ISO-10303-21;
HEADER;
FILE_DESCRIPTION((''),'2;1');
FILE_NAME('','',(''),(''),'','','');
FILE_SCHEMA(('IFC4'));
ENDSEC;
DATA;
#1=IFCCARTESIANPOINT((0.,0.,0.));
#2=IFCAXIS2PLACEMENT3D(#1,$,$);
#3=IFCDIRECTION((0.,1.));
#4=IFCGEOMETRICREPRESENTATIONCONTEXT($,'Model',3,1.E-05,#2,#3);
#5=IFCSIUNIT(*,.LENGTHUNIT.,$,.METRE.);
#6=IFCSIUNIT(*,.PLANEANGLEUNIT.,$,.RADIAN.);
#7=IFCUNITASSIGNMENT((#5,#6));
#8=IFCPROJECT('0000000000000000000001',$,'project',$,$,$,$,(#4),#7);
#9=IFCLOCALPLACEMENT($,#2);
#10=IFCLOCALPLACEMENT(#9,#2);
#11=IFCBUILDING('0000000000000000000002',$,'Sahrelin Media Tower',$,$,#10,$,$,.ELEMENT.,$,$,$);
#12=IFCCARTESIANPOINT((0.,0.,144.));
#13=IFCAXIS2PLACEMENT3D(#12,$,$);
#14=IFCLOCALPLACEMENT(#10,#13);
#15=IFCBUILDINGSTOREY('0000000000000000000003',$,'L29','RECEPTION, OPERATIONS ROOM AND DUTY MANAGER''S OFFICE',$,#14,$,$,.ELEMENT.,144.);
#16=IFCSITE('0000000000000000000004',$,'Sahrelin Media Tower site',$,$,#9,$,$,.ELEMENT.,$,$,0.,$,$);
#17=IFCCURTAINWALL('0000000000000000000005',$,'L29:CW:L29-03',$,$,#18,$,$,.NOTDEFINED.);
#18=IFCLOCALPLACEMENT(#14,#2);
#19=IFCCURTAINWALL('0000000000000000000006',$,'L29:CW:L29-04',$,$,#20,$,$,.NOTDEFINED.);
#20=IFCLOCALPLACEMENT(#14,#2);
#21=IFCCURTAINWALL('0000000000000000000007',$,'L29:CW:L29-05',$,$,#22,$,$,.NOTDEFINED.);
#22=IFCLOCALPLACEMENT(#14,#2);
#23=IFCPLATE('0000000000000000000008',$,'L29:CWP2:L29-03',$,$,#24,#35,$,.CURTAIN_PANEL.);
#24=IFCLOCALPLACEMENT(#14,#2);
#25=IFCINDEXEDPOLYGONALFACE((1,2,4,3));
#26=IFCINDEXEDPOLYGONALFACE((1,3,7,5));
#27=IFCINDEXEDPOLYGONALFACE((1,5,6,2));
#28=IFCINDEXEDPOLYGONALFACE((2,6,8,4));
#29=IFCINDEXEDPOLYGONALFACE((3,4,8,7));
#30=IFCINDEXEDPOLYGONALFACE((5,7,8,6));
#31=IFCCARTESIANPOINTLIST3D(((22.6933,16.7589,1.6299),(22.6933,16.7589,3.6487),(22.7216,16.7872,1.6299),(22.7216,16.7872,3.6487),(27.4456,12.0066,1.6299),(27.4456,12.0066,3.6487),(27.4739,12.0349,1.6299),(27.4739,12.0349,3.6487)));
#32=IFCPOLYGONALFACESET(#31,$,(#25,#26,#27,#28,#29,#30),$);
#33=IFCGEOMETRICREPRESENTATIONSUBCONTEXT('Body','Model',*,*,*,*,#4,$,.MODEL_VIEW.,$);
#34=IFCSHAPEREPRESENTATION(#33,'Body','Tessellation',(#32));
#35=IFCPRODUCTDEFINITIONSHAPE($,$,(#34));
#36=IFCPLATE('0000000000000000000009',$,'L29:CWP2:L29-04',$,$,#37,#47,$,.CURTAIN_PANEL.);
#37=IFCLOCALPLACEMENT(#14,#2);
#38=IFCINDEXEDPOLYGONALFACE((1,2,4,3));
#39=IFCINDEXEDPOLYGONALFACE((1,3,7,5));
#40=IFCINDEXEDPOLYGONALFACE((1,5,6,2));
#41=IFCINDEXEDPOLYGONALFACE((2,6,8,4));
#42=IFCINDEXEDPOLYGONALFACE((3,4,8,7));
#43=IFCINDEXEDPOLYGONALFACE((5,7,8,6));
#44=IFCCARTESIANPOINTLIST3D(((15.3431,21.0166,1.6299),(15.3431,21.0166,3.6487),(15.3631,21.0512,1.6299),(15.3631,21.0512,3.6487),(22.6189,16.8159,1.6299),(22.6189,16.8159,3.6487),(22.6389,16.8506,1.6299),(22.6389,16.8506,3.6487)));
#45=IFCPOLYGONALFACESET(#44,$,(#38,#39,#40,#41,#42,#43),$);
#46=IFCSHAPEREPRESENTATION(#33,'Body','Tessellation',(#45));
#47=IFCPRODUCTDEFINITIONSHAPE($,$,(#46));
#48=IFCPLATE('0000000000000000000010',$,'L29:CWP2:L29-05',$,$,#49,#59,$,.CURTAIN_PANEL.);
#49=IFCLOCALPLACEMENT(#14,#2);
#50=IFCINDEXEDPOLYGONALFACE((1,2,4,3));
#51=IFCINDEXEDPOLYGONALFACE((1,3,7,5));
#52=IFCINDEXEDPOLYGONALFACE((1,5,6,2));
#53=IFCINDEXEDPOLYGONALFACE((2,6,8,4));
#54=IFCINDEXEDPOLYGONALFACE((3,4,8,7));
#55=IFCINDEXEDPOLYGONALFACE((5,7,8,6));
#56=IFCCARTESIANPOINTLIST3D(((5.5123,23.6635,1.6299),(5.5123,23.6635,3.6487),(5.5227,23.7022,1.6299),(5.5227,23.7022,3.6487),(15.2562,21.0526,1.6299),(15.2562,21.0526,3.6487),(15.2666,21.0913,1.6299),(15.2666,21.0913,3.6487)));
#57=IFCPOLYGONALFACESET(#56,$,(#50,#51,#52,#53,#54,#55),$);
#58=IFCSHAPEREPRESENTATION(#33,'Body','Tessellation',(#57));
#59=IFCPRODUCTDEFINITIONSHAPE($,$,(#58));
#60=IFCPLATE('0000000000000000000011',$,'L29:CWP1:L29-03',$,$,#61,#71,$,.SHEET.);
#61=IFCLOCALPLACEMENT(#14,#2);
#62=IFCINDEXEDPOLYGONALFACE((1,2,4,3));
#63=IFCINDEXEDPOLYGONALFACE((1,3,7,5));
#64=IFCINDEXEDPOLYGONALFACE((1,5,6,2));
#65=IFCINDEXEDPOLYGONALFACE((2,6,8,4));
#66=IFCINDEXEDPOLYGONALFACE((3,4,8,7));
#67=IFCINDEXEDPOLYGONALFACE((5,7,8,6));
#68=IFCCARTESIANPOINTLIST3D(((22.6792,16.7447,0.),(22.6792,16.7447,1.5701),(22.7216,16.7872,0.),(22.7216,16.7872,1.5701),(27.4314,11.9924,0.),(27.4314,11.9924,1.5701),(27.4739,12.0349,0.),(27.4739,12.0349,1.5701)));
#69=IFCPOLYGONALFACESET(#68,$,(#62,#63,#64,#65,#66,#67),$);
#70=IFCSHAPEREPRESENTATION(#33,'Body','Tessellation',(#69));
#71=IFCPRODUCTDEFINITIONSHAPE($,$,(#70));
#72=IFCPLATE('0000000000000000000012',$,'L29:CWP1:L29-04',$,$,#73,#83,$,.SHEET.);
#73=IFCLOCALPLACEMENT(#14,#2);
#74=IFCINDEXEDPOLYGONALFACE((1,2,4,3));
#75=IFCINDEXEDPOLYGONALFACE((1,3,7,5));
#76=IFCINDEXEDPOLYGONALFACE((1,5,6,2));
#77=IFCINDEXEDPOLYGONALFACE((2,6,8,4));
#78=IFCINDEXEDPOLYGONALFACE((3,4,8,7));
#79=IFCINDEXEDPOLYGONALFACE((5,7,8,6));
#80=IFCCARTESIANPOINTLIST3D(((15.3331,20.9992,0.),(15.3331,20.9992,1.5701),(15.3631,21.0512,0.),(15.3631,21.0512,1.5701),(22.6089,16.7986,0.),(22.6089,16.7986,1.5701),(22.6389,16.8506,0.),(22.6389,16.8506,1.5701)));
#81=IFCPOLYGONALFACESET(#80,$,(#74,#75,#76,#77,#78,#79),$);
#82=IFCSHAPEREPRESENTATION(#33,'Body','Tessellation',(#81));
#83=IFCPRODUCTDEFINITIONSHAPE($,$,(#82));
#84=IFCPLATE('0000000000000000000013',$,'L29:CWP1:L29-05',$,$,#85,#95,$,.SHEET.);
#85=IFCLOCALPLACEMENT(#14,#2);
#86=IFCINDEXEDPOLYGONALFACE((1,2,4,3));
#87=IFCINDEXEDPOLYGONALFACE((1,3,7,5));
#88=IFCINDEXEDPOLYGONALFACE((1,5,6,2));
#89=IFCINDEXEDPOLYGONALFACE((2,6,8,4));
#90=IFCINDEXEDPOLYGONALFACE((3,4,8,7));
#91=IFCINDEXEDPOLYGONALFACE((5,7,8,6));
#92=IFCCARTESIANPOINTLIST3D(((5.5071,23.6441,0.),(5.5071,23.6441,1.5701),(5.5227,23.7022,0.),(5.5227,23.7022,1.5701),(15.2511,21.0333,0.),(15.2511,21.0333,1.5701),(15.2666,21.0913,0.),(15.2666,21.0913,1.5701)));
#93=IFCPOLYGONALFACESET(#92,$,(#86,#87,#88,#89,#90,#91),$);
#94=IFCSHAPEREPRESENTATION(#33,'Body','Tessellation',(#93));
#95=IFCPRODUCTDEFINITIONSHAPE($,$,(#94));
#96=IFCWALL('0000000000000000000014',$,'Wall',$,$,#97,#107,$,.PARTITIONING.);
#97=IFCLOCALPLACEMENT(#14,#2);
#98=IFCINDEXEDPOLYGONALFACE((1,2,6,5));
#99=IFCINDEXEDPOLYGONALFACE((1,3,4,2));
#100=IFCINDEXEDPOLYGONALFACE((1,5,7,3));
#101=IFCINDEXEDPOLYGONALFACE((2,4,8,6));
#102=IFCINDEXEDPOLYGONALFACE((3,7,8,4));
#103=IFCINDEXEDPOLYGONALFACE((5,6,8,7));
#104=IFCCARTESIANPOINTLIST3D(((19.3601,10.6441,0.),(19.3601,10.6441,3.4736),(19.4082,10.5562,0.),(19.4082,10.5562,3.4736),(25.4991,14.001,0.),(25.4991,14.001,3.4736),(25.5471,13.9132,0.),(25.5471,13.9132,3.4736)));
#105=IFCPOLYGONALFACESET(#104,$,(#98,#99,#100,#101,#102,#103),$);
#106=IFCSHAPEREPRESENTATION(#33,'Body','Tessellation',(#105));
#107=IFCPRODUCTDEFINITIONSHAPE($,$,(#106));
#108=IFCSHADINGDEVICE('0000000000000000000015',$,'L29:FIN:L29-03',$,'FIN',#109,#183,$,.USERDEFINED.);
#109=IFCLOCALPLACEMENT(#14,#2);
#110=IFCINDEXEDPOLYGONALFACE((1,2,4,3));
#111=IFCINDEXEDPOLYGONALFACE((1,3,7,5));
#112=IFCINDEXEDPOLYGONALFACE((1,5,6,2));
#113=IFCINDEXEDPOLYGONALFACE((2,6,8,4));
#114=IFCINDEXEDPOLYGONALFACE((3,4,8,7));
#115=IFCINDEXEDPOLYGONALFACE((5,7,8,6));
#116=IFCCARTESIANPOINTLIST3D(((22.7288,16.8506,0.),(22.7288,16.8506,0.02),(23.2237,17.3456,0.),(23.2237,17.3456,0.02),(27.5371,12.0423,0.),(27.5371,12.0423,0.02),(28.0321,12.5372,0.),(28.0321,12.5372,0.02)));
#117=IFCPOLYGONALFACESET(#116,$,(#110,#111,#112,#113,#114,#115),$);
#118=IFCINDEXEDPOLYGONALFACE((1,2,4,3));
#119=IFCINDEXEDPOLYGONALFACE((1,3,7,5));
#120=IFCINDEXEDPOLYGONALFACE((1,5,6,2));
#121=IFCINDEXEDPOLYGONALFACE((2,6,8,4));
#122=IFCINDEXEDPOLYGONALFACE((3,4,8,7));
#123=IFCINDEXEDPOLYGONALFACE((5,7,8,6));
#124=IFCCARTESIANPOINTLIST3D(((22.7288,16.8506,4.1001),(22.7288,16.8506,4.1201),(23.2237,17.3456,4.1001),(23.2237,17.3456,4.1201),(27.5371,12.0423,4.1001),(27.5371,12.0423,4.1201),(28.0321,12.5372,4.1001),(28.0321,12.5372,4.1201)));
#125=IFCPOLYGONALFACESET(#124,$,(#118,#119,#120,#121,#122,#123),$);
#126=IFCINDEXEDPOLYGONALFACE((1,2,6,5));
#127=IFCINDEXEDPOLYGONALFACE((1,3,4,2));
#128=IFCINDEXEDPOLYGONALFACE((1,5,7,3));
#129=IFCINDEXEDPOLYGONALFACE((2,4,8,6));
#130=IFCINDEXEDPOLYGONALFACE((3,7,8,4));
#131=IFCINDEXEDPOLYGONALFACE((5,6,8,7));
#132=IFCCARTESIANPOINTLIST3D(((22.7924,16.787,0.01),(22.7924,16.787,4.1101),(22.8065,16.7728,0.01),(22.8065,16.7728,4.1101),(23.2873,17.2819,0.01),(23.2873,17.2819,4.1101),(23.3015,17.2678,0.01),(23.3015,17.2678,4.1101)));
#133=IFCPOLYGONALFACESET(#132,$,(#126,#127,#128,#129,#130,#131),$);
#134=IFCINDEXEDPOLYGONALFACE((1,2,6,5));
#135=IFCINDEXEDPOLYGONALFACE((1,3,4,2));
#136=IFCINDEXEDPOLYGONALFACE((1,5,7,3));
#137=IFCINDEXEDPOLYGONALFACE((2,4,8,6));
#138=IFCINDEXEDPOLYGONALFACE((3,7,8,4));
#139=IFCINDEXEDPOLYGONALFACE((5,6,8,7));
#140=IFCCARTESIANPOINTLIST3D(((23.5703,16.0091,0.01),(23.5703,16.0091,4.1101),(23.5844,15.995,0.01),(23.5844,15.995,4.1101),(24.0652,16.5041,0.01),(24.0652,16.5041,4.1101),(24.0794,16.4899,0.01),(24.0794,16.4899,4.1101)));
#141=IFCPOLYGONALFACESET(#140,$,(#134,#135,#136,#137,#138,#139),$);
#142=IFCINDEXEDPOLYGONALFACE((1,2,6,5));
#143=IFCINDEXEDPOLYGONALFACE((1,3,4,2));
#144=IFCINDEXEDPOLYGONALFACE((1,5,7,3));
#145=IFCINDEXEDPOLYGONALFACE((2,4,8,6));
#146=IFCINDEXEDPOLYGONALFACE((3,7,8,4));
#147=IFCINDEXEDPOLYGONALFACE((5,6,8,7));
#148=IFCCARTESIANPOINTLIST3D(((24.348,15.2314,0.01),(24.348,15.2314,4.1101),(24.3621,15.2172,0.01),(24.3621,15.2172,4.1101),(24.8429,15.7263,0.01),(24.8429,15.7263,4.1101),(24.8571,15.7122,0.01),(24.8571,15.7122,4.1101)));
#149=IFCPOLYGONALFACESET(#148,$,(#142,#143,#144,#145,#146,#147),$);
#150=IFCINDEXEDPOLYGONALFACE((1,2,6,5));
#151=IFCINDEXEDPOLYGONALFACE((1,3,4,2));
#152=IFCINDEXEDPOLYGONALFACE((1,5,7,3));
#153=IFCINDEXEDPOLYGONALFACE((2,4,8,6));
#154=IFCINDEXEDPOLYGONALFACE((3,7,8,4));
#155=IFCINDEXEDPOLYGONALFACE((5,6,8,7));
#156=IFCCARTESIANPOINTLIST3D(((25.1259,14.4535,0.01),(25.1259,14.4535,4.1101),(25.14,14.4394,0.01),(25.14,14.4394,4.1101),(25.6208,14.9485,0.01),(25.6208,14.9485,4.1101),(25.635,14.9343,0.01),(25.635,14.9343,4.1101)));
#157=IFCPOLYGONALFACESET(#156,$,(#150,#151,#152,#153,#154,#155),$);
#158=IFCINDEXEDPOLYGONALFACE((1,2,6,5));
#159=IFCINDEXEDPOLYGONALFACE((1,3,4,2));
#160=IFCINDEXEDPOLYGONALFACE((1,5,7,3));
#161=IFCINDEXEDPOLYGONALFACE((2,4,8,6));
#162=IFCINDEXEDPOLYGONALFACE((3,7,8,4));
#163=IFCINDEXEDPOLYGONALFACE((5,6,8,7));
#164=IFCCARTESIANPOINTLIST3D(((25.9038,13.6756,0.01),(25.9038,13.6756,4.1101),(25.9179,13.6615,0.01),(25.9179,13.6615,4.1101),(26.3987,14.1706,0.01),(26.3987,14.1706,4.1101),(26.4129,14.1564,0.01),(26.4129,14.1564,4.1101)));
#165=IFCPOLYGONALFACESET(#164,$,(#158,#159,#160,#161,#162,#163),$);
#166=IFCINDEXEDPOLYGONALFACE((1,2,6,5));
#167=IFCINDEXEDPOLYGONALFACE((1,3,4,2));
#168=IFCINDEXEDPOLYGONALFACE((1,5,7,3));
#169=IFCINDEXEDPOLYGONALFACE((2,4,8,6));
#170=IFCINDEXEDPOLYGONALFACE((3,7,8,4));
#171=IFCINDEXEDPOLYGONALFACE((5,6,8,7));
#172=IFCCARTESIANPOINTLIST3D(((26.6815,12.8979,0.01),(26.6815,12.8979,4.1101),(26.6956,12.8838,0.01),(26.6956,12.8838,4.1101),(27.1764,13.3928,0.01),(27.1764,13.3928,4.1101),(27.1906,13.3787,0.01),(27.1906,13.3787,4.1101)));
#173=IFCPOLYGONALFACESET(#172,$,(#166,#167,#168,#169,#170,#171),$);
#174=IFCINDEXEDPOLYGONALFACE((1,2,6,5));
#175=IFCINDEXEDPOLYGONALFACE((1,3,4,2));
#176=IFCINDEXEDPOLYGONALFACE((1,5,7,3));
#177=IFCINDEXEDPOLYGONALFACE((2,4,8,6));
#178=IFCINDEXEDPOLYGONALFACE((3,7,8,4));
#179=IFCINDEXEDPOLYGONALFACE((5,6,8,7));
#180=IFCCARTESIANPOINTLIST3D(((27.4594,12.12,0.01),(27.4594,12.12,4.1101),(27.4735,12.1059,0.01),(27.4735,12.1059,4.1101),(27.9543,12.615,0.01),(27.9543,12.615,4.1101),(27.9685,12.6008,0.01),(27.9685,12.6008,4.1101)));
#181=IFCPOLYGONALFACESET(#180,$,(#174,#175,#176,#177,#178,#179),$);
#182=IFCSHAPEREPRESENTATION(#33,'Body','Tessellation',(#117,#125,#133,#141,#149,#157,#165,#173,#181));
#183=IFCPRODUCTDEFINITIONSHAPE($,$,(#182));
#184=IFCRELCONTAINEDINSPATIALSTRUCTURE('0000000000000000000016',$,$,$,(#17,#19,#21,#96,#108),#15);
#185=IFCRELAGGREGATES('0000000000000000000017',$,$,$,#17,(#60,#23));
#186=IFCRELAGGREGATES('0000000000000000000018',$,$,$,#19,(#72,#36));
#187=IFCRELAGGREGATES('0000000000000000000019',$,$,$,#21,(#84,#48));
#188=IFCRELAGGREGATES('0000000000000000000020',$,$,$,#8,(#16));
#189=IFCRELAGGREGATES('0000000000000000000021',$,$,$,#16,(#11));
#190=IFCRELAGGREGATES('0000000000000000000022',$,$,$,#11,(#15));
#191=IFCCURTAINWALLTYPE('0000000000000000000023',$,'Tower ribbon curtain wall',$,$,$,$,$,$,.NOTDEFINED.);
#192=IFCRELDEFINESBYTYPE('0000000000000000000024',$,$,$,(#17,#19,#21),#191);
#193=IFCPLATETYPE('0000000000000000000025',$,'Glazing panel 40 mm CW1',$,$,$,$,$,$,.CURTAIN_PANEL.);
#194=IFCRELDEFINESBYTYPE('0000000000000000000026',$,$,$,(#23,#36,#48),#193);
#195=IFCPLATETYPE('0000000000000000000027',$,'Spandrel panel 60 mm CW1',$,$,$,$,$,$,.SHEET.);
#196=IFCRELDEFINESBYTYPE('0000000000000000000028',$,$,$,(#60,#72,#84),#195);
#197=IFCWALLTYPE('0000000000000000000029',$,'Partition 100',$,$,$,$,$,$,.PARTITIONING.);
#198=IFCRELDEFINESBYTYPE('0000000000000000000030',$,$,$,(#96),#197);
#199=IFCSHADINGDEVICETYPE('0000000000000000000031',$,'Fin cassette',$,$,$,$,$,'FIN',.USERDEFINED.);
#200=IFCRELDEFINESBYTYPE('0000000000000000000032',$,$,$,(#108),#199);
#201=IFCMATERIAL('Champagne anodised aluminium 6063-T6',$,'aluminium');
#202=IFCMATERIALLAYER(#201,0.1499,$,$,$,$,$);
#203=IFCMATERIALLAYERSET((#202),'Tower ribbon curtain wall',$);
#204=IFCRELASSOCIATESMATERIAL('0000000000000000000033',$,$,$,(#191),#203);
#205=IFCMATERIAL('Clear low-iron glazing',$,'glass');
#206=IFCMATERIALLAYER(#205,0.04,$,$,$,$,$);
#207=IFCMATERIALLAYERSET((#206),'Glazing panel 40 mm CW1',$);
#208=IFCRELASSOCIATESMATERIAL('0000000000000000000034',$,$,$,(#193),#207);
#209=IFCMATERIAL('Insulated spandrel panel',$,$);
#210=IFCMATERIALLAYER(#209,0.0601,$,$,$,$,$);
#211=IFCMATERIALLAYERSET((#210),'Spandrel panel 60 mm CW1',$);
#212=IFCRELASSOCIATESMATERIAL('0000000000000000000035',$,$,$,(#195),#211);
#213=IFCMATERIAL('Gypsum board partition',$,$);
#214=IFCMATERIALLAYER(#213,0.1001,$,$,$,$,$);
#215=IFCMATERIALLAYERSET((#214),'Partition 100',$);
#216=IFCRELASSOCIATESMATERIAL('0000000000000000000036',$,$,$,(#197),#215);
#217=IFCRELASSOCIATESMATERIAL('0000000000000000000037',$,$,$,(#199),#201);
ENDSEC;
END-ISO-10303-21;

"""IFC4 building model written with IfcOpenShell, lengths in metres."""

from ifc_helpers import new_model, si_unit, direction, frame, frame_2d, origin, origin_2d, place, context, subcontext, project, spatial, polyline, rectangle, outline, extrude, material, layer, layer_set, type_object, element, aggregate, save


model = new_model("IFC4")

# Units and contexts
model_context = context("Model", 3, precision=1e-05, world=origin(), true_north=direction((0.0, 1.0)))
body_context = subcontext(model_context, "Body", "Model", "MODEL_VIEW")
ifc_project = project(units=[si_unit("LENGTHUNIT", "METRE"), si_unit("PLANEANGLEUNIT", "RADIAN")], contexts=[model_context])

# Site, building, storey
site_placement = place(None, origin())
site = spatial("IfcSite", under=ifc_project, at=site_placement, Name="Sahrelin Media Tower site", CompositionType="ELEMENT", RefElevation=0.0)
building_placement = place(site_placement, origin())
building = spatial("IfcBuilding", under=site, at=building_placement, Name="Sahrelin Media Tower", CompositionType="ELEMENT")
storey_placement = place(building_placement, frame((0.0, 0.0, 144.0)))
storey = spatial("IfcBuildingStorey", under=building, at=storey_placement, Name="L29", Description="RECEPTION, OPERATIONS ROOM AND DUTY MANAGER'S OFFICE", CompositionType="ELEMENT", Elevation=144.0)

# Curtain walls
ifc_material_1 = material(Name="Champagne anodised aluminium 6063-T6", Category="aluminium")
ifc_layer_1 = layer(ifc_material_1, 0.1499)
ifc_layer_set_1 = layer_set([ifc_layer_1], Name="Tower ribbon curtain wall")
curtain_wall_type = type_object("IfcCurtainWallType", Name="Tower ribbon curtain wall", PredefinedType="NOTDEFINED", material=ifc_layer_set_1)
curtain_wall_1_placement = place(storey_placement, frame((25.0835, 14.397, 0.0), z_axis=(0.0, 0.0, 1.0), x_axis=(1.0, 0.0, 0.0)))
curtain_wall_1 = element("IfcCurtainWall", 1, at=curtain_wall_1_placement, inside=storey, type_object=curtain_wall_type, Name="L29:CW:L29-03", PredefinedType="NOTDEFINED")
curtain_wall_2_placement = place(storey_placement, frame((18.991, 18.9336, 0.0), z_axis=(0.0, 0.0, 1.0), x_axis=(1.0, 0.0, 0.0)))
curtain_wall_2 = element("IfcCurtainWall", 2, at=curtain_wall_2_placement, inside=storey, type_object=curtain_wall_type, Name="L29:CW:L29-04", PredefinedType="NOTDEFINED")

# Curtain wall
curtain_wall_3_placement = place(storey_placement, frame((10.3894, 22.3772, 0.0), z_axis=(0.0, 0.0, 1.0), x_axis=(1.0, 0.0, 0.0)))
curtain_wall_3 = element("IfcCurtainWall", 3, at=curtain_wall_3_placement, inside=storey, type_object=curtain_wall_type, Name="L29:CW:L29-05", PredefinedType="NOTDEFINED")

# Plates
ifc_material_2 = material(Name="Clear low-iron glazing", Category="glass")
ifc_layer_2 = layer(ifc_material_2, 0.04)
ifc_layer_set_2 = layer_set([ifc_layer_2], Name="Glazing panel 40 mm CW1")
plate_type_1 = type_object("IfcPlateType", Name="Glazing panel 40 mm CW1", PredefinedType="CURTAIN_PANEL", material=ifc_layer_set_2)
plate_1_placement = place(storey_placement, frame((27.4739, 12.0349, 1.6299), z_axis=(0.707107, 0.707107, 0.0), x_axis=(-0.707107, 0.707107, 0.0)))
plate_1 = element("IfcPlate", 4, at=plate_1_placement, type_object=plate_type_1, Name="L29:CWP2:L29-03", PredefinedType="CURTAIN_PANEL", context=body_context, shape_type="SweptSolid", body=[
    extrude(outline(polyline([(0.0, 0.0), (6.7207, 0.0), (6.7207, 2.0188), (0.0, 2.0188), (0.0, 0.0)])), origin(), (0.0, 0.0, -1.0), 0.04),
])
plate_2_placement = place(storey_placement, frame((22.6389, 16.8506, 1.6299), z_axis=(0.499996, 0.866028, 0.0), x_axis=(-0.866028, 0.499996, 0.0)))
plate_2 = element("IfcPlate", 5, at=plate_2_placement, type_object=plate_type_1, Name="L29:CWP2:L29-04", PredefinedType="CURTAIN_PANEL", context=body_context, shape_type="SweptSolid", body=[
    extrude(outline(polyline([(0.0, 0.0), (8.4014, 0.0), (8.4014, 2.0188), (0.0, 2.0188), (0.0, 0.0)])), origin(), (0.0, 0.0, -1.0), 0.04),
])
plate_3_placement = place(storey_placement, frame((15.2666, 21.0913, 1.6299), z_axis=(0.258816, 0.965927, 0.0), x_axis=(-0.965927, 0.258816, 0.0)))
plate_3 = element("IfcPlate", 6, at=plate_3_placement, type_object=plate_type_1, Name="L29:CWP2:L29-05", PredefinedType="CURTAIN_PANEL", context=body_context, shape_type="SweptSolid", body=[
    extrude(outline(polyline([(0.0, 0.0), (10.0876, 0.0), (10.0876, 2.0188), (0.0, 2.0188), (0.0, 0.0)])), origin(), (0.0, 0.0, -1.0), 0.04),
])
ifc_material_3 = material(Name="Insulated spandrel panel")
ifc_layer_3 = layer(ifc_material_3, 0.0601)
ifc_layer_set_3 = layer_set([ifc_layer_3], Name="Spandrel panel 60 mm CW1")
plate_type_2 = type_object("IfcPlateType", Name="Spandrel panel 60 mm CW1", PredefinedType="SHEET", material=ifc_layer_set_3)
plate_4_placement = place(storey_placement, frame((27.4739, 12.0349, 0.0), z_axis=(0.707107, 0.707107, 0.0), x_axis=(-0.707107, 0.707107, 0.0)))
plate_4 = element("IfcPlate", 7, at=plate_4_placement, type_object=plate_type_2, Name="L29:CWP1:L29-03", PredefinedType="SHEET", context=body_context, shape_type="SweptSolid", body=[
    extrude(outline(polyline([(0.0, 0.0), (6.7207, 0.0), (6.7207, 1.5701), (0.0, 1.5701), (0.0, 0.0)])), origin(), (0.0, 0.0, -1.0), 0.0601),
])
aggregate(curtain_wall_1, [plate_4, plate_1])
plate_5_placement = place(storey_placement, frame((22.6389, 16.8506, 0.0), z_axis=(0.499996, 0.866028, 0.0), x_axis=(-0.866028, 0.499996, 0.0)))
plate_5 = element("IfcPlate", 8, at=plate_5_placement, type_object=plate_type_2, Name="L29:CWP1:L29-04", PredefinedType="SHEET", context=body_context, shape_type="SweptSolid", body=[
    extrude(outline(polyline([(0.0, 0.0), (8.4014, 0.0), (8.4014, 1.5701), (0.0, 1.5701), (0.0, 0.0)])), origin(), (0.0, 0.0, -1.0), 0.0601),
])
aggregate(curtain_wall_2, [plate_5, plate_2])
plate_6_placement = place(storey_placement, frame((15.2666, 21.0913, 0.0), z_axis=(0.258816, 0.965927, 0.0), x_axis=(-0.965927, 0.258816, 0.0)))
plate_6 = element("IfcPlate", 9, at=plate_6_placement, type_object=plate_type_2, Name="L29:CWP1:L29-05", PredefinedType="SHEET", context=body_context, shape_type="SweptSolid", body=[
    extrude(outline(polyline([(0.0, 0.0), (10.0876, 0.0), (10.0876, 1.5701), (0.0, 1.5701), (0.0, 0.0)])), origin(), (0.0, 0.0, -1.0), 0.0601),
])
aggregate(curtain_wall_3, [plate_6, plate_3])

# Wall
ifc_material_4 = material(Name="Gypsum board partition")
ifc_layer_4 = layer(ifc_material_4, 0.1001)
ifc_layer_set_4 = layer_set([ifc_layer_4], Name="Partition 100")
wall_type = type_object("IfcWallType", Name="Partition 100", PredefinedType="PARTITIONING", material=ifc_layer_set_4)
wall_placement = place(storey_placement, frame((19.384, 10.6001, 0.0), z_axis=(0.0, 0.0, 1.0), x_axis=(0.877388, 0.479781, 0.0)))
element("IfcWall", 10, at=wall_placement, inside=storey, type_object=wall_type, Name="Wall", PredefinedType="PARTITIONING", context=body_context, shape_type="SweptSolid", body=[
    extrude(rectangle(XDim=6.9968, YDim=0.1001, at=frame_2d((3.4985, 0.0))), origin(), (0.0, 0.0, 1.0), 3.4736),
])

# Shading device
shading_device_type_1 = type_object("IfcShadingDeviceType", Name="Fin cassette", ElementType="FIN", PredefinedType="USERDEFINED", material=ifc_material_1)
placement_1 = place(storey_placement, frame((25.0835, 14.397, 0.0), z_axis=(0.0, 0.0, 1.0), x_axis=(0.707107, -0.707107, 0.0)))
element("IfcShadingDevice", 11, at=placement_1, inside=storey, type_object=shading_device_type_1, Name="L29:FIN:L29-03", ObjectType="FIN", PredefinedType="USERDEFINED", context=body_context, shape_type="SweptSolid", body=[
    extrude(rectangle(XDim=6.8, YDim=0.7, at=origin_2d()), frame((0.0, 0.4199, 0.0)), (0.0, 0.0, 1.0), 0.02),
    extrude(rectangle(XDim=6.8, YDim=0.7, at=origin_2d()), frame((0.0, 0.4199, 4.1001)), (0.0, 0.0, 1.0), 0.02),
    extrude(rectangle(XDim=0.02, YDim=0.7, at=origin_2d()), frame((-3.3, 0.4199, 0.01), z_axis=(0.0, 0.0, 1.0), x_axis=(1.0, 0.0, 0.0)), (0.0, 0.0, 1.0), 4.1001),
    extrude(rectangle(XDim=0.02, YDim=0.7, at=origin_2d()), frame((-2.2, 0.4199, 0.01), z_axis=(0.0, 0.0, 1.0), x_axis=(1.0, 0.0, 0.0)), (0.0, 0.0, 1.0), 4.1001),
    extrude(rectangle(XDim=0.02, YDim=0.7, at=origin_2d()), frame((-1.1001, 0.4199, 0.01), z_axis=(0.0, 0.0, 1.0), x_axis=(1.0, 0.0, 0.0)), (0.0, 0.0, 1.0), 4.1001),
    extrude(rectangle(XDim=0.02, YDim=0.7, at=origin_2d()), frame((0.0, 0.4199, 0.01), z_axis=(0.0, 0.0, 1.0), x_axis=(1.0, 0.0, 0.0)), (0.0, 0.0, 1.0), 4.1001),
    extrude(rectangle(XDim=0.02, YDim=0.7, at=origin_2d()), frame((1.1001, 0.4199, 0.01), z_axis=(0.0, 0.0, 1.0), x_axis=(1.0, 0.0, 0.0)), (0.0, 0.0, 1.0), 4.1001),
    extrude(rectangle(XDim=0.02, YDim=0.7, at=origin_2d()), frame((2.2, 0.4199, 0.01), z_axis=(0.0, 0.0, 1.0), x_axis=(1.0, 0.0, 0.0)), (0.0, 0.0, 1.0), 4.1001),
    extrude(rectangle(XDim=0.02, YDim=0.7, at=origin_2d()), frame((3.3, 0.4199, 0.01), z_axis=(0.0, 0.0, 1.0), x_axis=(1.0, 0.0, 0.0)), (0.0, 0.0, 1.0), 4.1001),
])

save(model, "model.ifc")
